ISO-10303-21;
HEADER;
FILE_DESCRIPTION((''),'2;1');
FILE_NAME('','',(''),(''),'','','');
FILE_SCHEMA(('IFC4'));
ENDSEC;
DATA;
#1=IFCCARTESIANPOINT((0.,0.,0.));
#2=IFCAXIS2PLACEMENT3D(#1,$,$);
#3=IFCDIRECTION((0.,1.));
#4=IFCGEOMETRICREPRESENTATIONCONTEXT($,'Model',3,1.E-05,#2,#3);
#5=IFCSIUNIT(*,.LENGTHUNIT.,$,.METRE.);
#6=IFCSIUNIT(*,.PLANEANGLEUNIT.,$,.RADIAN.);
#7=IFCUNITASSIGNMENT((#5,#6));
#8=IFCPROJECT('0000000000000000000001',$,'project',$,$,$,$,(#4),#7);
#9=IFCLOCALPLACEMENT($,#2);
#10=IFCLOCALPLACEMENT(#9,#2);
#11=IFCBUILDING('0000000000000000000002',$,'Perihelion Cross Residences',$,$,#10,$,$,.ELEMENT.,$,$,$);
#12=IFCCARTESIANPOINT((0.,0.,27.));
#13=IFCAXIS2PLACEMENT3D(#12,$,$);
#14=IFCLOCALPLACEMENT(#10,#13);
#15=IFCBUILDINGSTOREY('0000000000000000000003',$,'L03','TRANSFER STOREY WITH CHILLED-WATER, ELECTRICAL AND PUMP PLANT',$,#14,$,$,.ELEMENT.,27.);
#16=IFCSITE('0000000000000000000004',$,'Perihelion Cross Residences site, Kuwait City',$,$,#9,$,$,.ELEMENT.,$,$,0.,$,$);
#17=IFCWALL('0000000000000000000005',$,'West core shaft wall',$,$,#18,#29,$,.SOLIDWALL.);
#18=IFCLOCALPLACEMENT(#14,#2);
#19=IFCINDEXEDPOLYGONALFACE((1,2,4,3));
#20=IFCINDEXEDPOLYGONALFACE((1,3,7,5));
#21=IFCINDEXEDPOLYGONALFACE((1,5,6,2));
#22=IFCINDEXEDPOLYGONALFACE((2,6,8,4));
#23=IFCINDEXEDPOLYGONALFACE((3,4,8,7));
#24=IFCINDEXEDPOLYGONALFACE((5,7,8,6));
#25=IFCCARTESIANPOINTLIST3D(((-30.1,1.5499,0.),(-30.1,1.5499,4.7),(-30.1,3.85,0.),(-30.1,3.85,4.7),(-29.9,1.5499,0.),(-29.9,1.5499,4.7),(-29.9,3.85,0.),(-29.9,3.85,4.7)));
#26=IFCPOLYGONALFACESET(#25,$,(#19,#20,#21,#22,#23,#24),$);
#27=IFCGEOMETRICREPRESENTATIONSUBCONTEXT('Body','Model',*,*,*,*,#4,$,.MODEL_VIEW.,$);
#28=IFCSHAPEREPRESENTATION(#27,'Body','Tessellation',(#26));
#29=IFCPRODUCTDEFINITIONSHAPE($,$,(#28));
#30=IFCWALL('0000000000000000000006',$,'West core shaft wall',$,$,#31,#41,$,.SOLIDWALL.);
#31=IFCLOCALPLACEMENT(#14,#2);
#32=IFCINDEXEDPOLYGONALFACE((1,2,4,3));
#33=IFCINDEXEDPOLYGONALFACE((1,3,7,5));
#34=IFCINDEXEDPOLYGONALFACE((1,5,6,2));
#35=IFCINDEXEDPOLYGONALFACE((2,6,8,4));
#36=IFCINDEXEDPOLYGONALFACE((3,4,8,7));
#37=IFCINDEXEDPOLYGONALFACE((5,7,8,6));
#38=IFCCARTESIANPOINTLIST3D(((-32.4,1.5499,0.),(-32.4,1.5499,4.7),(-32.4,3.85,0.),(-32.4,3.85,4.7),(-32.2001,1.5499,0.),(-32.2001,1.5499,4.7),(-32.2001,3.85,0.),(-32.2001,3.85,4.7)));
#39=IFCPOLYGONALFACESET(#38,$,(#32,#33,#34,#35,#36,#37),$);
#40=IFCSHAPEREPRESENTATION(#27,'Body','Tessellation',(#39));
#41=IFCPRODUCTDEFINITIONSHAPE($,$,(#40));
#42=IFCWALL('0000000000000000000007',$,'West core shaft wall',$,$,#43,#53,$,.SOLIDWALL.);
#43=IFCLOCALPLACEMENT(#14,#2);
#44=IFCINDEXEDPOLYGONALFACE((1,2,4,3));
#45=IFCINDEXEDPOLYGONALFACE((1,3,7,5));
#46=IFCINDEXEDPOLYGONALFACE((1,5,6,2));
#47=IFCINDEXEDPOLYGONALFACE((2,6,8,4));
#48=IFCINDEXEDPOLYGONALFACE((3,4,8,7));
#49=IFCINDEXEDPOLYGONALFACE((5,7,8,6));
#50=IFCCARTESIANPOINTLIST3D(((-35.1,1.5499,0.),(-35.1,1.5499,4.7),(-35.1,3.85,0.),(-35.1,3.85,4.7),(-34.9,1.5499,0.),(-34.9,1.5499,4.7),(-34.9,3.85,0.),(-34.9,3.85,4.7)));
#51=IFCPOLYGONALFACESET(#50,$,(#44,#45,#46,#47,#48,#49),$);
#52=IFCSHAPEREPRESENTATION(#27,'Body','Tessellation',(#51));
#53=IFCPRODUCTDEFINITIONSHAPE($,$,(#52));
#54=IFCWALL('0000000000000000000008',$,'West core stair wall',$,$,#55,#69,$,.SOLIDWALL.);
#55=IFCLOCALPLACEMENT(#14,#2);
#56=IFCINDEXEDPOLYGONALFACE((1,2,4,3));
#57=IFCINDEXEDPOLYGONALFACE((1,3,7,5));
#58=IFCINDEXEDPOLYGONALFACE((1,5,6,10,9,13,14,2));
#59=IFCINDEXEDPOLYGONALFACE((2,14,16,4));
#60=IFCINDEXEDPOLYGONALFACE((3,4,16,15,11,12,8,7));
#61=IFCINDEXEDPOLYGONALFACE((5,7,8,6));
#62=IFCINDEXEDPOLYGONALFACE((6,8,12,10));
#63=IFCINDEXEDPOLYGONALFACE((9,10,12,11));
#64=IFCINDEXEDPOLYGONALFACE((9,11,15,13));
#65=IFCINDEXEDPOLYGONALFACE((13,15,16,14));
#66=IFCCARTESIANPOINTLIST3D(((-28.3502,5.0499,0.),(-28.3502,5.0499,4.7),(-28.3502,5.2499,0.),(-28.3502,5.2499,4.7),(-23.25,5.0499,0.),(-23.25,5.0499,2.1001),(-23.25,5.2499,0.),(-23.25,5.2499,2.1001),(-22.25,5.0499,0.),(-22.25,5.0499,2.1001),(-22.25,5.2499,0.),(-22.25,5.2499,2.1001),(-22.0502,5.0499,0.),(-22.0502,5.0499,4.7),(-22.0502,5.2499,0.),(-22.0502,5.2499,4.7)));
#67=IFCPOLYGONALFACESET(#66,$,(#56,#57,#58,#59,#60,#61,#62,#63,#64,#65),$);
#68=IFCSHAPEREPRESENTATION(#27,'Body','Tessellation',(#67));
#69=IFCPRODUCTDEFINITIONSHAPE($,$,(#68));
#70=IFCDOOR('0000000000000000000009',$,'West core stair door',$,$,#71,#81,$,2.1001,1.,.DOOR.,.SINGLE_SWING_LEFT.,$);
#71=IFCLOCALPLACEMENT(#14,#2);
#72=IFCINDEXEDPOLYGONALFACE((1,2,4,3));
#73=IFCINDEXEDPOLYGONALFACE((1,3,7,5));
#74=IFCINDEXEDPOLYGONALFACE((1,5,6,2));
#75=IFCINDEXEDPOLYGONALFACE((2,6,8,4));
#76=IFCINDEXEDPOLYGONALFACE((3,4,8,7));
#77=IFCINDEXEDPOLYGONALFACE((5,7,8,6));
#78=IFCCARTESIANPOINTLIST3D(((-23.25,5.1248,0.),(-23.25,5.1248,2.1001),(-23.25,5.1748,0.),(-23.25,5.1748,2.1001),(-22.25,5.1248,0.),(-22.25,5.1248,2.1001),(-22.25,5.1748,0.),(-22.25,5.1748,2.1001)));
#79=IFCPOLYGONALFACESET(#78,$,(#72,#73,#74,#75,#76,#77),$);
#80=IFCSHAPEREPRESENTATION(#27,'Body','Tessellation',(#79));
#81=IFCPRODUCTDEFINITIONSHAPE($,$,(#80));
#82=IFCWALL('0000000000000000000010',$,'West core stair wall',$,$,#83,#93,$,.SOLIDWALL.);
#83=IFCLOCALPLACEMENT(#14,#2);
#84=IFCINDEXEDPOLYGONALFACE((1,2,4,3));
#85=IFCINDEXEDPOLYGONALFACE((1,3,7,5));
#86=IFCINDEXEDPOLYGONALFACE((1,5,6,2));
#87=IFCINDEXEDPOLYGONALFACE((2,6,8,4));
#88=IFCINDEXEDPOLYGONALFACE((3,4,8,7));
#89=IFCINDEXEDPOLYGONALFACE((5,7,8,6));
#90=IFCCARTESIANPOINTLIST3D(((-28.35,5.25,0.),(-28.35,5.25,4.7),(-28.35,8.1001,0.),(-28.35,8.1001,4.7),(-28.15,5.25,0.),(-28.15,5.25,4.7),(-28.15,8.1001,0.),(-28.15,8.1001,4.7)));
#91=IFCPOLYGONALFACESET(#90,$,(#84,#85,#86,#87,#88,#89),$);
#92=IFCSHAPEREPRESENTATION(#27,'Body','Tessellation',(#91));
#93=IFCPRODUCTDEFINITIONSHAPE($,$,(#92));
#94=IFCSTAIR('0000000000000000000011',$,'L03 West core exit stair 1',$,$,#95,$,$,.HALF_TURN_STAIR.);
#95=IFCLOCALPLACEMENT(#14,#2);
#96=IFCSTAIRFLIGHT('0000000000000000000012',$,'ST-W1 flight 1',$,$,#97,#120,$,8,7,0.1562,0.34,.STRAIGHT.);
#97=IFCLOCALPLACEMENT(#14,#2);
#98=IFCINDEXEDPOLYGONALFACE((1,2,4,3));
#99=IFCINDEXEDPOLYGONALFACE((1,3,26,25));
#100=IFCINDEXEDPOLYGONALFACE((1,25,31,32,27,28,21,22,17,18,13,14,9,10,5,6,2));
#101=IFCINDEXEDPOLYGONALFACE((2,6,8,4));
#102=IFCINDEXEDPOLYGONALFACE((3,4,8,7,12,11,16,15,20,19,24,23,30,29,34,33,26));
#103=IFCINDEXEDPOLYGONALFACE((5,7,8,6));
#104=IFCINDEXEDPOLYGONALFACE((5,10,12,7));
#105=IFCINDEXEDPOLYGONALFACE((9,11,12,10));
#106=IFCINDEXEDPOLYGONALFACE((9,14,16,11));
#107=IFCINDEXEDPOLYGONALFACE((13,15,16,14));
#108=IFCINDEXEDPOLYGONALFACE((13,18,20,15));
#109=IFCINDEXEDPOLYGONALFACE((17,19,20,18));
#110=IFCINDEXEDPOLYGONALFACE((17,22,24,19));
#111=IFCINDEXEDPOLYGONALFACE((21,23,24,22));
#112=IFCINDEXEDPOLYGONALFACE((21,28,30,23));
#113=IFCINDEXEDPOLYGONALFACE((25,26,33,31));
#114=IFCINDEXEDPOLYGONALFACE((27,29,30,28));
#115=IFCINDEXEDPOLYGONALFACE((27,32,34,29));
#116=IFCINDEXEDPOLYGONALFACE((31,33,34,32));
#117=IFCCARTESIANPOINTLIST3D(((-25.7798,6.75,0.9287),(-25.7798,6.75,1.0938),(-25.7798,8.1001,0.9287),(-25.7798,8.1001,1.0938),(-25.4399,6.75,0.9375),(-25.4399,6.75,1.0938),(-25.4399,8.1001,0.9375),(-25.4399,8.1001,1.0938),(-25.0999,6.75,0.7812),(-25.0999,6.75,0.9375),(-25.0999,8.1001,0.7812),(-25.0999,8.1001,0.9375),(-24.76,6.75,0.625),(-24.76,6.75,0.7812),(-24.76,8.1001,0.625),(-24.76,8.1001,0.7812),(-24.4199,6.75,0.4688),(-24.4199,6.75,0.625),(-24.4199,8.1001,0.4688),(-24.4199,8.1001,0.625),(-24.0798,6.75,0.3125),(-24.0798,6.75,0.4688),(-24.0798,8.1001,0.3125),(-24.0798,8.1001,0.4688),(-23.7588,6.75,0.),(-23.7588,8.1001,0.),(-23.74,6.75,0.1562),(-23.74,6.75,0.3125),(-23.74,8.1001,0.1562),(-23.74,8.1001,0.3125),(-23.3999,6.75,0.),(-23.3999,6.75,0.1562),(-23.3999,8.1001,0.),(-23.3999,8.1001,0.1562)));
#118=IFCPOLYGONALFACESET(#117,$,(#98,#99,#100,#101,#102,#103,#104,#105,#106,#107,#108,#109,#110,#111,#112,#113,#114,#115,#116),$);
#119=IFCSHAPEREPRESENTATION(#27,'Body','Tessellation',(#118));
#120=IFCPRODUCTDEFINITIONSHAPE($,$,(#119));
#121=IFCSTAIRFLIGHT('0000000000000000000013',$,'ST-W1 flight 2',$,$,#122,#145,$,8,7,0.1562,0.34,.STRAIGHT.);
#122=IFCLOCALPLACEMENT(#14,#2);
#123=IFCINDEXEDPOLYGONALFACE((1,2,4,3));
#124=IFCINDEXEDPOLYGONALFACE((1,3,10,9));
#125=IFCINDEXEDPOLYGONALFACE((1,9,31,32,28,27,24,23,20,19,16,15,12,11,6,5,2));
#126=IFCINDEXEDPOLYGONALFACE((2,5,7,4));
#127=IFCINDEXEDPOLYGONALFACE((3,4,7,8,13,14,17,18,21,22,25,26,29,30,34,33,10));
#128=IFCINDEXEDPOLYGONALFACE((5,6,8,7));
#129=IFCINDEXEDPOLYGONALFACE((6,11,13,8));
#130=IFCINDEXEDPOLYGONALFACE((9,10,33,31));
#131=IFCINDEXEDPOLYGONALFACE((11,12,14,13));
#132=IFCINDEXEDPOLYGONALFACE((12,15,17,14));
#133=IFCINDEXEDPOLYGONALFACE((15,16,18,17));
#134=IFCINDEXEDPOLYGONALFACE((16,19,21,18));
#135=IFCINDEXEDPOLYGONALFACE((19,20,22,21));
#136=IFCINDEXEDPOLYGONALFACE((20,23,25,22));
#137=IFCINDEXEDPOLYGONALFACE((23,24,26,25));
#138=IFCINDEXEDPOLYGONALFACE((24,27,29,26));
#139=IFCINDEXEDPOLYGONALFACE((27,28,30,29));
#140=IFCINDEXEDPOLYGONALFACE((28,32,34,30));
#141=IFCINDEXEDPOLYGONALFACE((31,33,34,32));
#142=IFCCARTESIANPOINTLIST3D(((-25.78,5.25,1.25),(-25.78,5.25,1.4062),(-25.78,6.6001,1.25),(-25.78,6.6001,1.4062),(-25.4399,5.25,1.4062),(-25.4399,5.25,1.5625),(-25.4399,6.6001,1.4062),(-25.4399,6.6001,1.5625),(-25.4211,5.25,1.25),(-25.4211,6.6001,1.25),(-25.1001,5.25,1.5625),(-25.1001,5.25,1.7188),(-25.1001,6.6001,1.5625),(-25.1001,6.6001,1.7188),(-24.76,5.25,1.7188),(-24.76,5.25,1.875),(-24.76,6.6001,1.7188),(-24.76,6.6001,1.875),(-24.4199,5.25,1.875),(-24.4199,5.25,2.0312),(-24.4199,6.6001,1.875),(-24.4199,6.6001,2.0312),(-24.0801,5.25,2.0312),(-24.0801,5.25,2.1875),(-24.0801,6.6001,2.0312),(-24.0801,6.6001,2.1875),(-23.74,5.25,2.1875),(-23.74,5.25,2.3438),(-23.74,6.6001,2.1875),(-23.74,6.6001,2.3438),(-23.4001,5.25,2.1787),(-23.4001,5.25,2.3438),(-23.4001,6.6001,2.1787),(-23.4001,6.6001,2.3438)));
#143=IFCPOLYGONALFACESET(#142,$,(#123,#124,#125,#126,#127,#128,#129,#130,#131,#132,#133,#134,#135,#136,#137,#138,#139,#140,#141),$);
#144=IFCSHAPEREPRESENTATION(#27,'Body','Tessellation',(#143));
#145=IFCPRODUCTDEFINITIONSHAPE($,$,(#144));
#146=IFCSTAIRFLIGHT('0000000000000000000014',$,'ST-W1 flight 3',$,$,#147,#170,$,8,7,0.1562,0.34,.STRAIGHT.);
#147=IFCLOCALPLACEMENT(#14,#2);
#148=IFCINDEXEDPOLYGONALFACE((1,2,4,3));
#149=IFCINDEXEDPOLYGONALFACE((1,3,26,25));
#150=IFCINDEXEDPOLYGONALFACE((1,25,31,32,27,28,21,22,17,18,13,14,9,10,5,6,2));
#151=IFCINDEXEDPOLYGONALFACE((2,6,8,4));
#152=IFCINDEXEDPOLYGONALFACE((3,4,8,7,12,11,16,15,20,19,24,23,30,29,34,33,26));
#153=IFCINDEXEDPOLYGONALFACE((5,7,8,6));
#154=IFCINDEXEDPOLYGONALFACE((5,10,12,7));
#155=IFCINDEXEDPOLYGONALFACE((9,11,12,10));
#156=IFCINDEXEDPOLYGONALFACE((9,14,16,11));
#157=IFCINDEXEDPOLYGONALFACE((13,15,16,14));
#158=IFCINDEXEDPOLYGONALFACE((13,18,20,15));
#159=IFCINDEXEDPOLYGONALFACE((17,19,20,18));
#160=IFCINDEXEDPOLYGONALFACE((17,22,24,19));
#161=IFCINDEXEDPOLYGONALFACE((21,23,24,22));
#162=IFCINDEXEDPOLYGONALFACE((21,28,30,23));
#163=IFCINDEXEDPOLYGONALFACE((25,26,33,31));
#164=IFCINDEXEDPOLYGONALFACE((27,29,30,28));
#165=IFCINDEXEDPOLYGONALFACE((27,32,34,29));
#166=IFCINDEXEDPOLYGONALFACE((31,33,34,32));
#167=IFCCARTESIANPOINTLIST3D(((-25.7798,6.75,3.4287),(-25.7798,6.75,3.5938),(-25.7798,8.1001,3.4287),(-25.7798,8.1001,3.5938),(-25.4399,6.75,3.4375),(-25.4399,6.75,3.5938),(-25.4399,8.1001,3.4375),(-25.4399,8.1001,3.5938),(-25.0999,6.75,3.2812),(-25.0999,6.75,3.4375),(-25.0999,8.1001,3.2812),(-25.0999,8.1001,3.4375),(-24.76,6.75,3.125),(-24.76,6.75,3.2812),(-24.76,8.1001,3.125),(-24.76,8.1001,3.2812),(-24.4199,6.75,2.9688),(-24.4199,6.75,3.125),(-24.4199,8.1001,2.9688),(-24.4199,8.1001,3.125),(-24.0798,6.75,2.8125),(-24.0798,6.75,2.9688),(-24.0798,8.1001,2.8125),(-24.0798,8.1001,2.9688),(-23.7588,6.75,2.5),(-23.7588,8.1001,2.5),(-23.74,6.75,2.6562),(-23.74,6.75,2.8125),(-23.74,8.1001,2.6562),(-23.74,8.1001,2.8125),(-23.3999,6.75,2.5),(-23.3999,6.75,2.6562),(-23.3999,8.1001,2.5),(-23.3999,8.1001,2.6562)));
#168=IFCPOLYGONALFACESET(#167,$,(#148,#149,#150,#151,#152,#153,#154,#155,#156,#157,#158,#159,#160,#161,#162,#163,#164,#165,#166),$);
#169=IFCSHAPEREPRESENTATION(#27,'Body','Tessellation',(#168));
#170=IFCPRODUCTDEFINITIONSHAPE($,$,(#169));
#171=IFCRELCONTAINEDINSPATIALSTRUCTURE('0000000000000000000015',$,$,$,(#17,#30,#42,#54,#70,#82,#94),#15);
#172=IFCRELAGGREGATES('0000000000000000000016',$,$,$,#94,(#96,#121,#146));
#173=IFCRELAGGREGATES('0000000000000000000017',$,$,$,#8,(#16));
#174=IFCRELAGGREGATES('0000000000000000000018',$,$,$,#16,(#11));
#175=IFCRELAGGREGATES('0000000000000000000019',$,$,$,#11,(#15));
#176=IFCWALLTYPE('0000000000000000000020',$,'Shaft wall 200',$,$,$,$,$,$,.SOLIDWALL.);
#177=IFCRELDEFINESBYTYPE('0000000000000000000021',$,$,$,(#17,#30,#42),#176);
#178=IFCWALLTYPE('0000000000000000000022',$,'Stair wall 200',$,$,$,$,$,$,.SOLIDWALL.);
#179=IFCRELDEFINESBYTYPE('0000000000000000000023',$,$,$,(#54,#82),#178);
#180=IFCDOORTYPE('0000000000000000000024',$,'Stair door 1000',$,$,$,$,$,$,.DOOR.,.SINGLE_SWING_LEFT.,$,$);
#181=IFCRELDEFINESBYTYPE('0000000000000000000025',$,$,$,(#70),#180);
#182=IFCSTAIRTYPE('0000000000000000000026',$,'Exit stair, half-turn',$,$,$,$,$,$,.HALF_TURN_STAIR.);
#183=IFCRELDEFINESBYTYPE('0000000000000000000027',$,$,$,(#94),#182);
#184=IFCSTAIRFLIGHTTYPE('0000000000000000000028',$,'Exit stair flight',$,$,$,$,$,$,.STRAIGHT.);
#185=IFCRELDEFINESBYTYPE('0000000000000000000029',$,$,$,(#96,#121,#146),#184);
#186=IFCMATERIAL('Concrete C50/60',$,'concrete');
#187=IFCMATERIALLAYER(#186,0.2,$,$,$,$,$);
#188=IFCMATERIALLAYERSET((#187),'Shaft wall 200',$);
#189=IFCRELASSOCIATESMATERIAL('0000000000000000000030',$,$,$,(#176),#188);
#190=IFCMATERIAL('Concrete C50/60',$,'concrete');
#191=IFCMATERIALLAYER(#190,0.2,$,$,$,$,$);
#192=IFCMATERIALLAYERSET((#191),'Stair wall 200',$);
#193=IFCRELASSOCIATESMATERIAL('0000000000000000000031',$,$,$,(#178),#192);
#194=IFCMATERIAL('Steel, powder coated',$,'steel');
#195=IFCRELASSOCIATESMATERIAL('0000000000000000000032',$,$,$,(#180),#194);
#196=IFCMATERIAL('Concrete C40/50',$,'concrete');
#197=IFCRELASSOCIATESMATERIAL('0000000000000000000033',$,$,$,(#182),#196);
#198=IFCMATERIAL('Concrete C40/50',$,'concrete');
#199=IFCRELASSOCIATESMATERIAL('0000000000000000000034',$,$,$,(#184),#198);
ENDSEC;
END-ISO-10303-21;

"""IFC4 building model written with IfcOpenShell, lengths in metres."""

from ifc_helpers import new_model, si_unit, direction, frame, frame_2d, origin, place, context, subcontext, project, spatial, polyline, rectangle, outline, extrude, material, layer, layer_set, type_object, element, fill, aggregate, save


model = new_model("IFC4")

# Units and contexts
model_context = context("Model", 3, precision=1e-05, world=origin(), true_north=direction((0.0, 1.0)))
body_context = subcontext(model_context, "Body", "Model", "MODEL_VIEW")
ifc_project = project(units=[si_unit("LENGTHUNIT", "METRE"), si_unit("PLANEANGLEUNIT", "RADIAN")], contexts=[model_context])

# Site, building, storey
site_placement = place(None, origin())
site = spatial("IfcSite", under=ifc_project, at=site_placement, Name="Perihelion Cross Residences site, Kuwait City", CompositionType="ELEMENT", RefElevation=0.0)
building_placement = place(site_placement, origin())
building = spatial("IfcBuilding", under=site, at=building_placement, Name="Perihelion Cross Residences", CompositionType="ELEMENT")
storey_placement = place(building_placement, frame((0.0, 0.0, 27.0)))
storey = spatial("IfcBuildingStorey", under=building, at=storey_placement, Name="L03", Description="TRANSFER STOREY WITH CHILLED-WATER, ELECTRICAL AND PUMP PLANT", CompositionType="ELEMENT", Elevation=27.0)

# Shared definitions
ifc_material_1 = material(Name="Concrete C50/60", Category="concrete")
ifc_layer_1 = layer(ifc_material_1, 0.2)
ifc_layer_set_1 = layer_set([ifc_layer_1], Name="Shaft wall 200")
wall_type_1 = type_object("IfcWallType", Name="Shaft wall 200", PredefinedType="SOLIDWALL", material=ifc_layer_set_1)

# Walls
for number, where, z_axis, x_axis, name in (
    (1, (-30.0, 1.55, 0.0), (0.0, 0.0, 1.0), (0.0, 1.0, 0.0), "West core shaft wall"),
    (2, (-32.3, 1.55, 0.0), (0.0, 0.0, 1.0), (0.0, 1.0, 0.0), "West core shaft wall"),
    (3, (-35.0, 1.55, 0.0), (0.0, 0.0, 1.0), (0.0, 1.0, 0.0), "West core shaft wall"),
):
    element("IfcWall", number, at=place(storey_placement, frame(where, z_axis=z_axis, x_axis=x_axis)), inside=storey, type_object=wall_type_1, Name=name, PredefinedType="SOLIDWALL", context=body_context, shape_type="SweptSolid", body=[
        extrude(rectangle(XDim=2.3, YDim=0.2, at=frame_2d((1.1499, 0.0))), origin(), (0.0, 0.0, 1.0), 4.7),
    ])

# Wall, opening, door
ifc_material_2 = material(Name="Concrete C50/60", Category="concrete")
ifc_layer_2 = layer(ifc_material_2, 0.2)
ifc_layer_set_2 = layer_set([ifc_layer_2], Name="Stair wall 200")
wall_type_2 = type_object("IfcWallType", Name="Stair wall 200", PredefinedType="SOLIDWALL", material=ifc_layer_set_2)
wall_1_placement = place(storey_placement, frame((-28.3501, 5.1499, 0.0), z_axis=(0.0, 0.0, 1.0), x_axis=(1.0, 0.0, 0.0)))
wall_1 = element("IfcWall", 4, at=wall_1_placement, inside=storey, type_object=wall_type_2, Name="West core stair wall", PredefinedType="SOLIDWALL", context=body_context, shape_type="SweptSolid", body=[
    extrude(rectangle(XDim=6.3, YDim=0.2, at=frame_2d((3.1499, 0.0))), origin(), (0.0, 0.0, 1.0), 4.7),
])
opening_1_placement = place(wall_1_placement, frame((5.1001, 0.0, 0.0)))
opening_1 = element("IfcOpeningElement", 5, at=opening_1_placement, cuts=wall_1, PredefinedType="OPENING", context=body_context, shape_type="SweptSolid", body=[
    extrude(rectangle(XDim=1.0, YDim=2.1001, at=frame_2d((0.5, 1.05))), frame((0.0, 0.1099, 0.0), z_axis=(0.0, -1.0, 0.0), x_axis=(1.0, 0.0, 0.0)), (0.0, 0.0, 1.0), 0.22),
])
ifc_material_3 = material(Name="Steel, powder coated", Category="steel")
door_type_1 = type_object("IfcDoorType", Name="Stair door 1000", OperationType="SINGLE_SWING_LEFT", PredefinedType="DOOR", material=ifc_material_3)
door_1_placement = place(opening_1_placement, origin())
door_1 = element("IfcDoor", 6, at=door_1_placement, inside=storey, type_object=door_type_1, Name="West core stair door", OperationType="SINGLE_SWING_LEFT", OverallHeight=2.1001, OverallWidth=1.0, PredefinedType="DOOR", context=body_context, shape_type="SweptSolid", body=[
    extrude(rectangle(XDim=1.0, YDim=2.1001, at=frame_2d((0.5, 1.05))), frame((0.0, 0.0249, 0.0), z_axis=(0.0, -1.0, 0.0), x_axis=(1.0, 0.0, 0.0)), (0.0, 0.0, 1.0), 0.05),
])
fill(opening_1, door_1)

# Wall
wall_2_placement = place(storey_placement, frame((-28.25, 5.25, 0.0), z_axis=(0.0, 0.0, 1.0), x_axis=(0.0, 1.0, 0.0)))
element("IfcWall", 7, at=wall_2_placement, inside=storey, type_object=wall_type_2, Name="West core stair wall", PredefinedType="SOLIDWALL", context=body_context, shape_type="SweptSolid", body=[
    extrude(rectangle(XDim=2.8501, YDim=0.2, at=frame_2d((1.425, 0.0))), origin(), (0.0, 0.0, 1.0), 4.7),
])

# Stair, stair flights
ifc_material_4 = material(Name="Concrete C40/50", Category="concrete")
stair_type = type_object("IfcStairType", Name="Exit stair, half-turn", PredefinedType="HALF_TURN_STAIR", material=ifc_material_4)
stair_placement = place(storey_placement, origin())
stair = element("IfcStair", 8, at=stair_placement, inside=storey, type_object=stair_type, Name="L03 West core exit stair 1", PredefinedType="HALF_TURN_STAIR")
ifc_material_5 = material(Name="Concrete C40/50", Category="concrete")
stair_flight_type = type_object("IfcStairFlightType", Name="Exit stair flight", PredefinedType="STRAIGHT", material=ifc_material_5)
stair_flight_1_placement = place(storey_placement, frame((-23.3999, 7.425, 0.0), z_axis=(0.0, 0.0, 1.0), x_axis=(-1.0, 0.0, 0.0)))
stair_flight_1 = element("IfcStairFlight", 9, at=stair_flight_1_placement, type_object=stair_flight_type, Name="ST-W1 flight 1", NumberOfRisers=8, NumberOfTreads=7, PredefinedType="STRAIGHT", RiserHeight=0.1562, TreadLength=0.34, context=body_context, shape_type="SweptSolid", body=[
    extrude(outline(polyline([(0.0, 0.0), (0.0, 0.1562), (0.3401, 0.1562), (0.3401, 0.3125), (0.6799, 0.3125), (0.6799, 0.4688), (1.02, 0.4688), (1.02, 0.625), (1.3601, 0.625), (1.3601, 0.7812), (1.7, 0.7812), (1.7, 0.9375), (2.04, 0.9375), (2.04, 1.0938), (2.3799, 1.0938), (2.3799, 1.25), (2.3799, 0.9287), (0.3589, 0.0), (0.0, 0.0)])), frame((0.0, 0.675, 0.0), z_axis=(0.0, -1.0, 0.0), x_axis=(1.0, 0.0, 0.0)), (0.0, 0.0, 1.0), 1.3501),
])
stair_flight_2_placement = place(storey_placement, frame((-25.78, 5.925, 1.25), z_axis=(0.0, 0.0, 1.0), x_axis=(1.0, 0.0, 0.0)))
stair_flight_2 = element("IfcStairFlight", 10, at=stair_flight_2_placement, type_object=stair_flight_type, Name="ST-W1 flight 2", NumberOfRisers=8, NumberOfTreads=7, PredefinedType="STRAIGHT", RiserHeight=0.1562, TreadLength=0.34, context=body_context, shape_type="SweptSolid", body=[
    extrude(outline(polyline([(0.0, 0.0), (0.0, 0.1562), (0.3401, 0.1562), (0.3401, 0.3125), (0.6799, 0.3125), (0.6799, 0.4688), (1.02, 0.4688), (1.02, 0.625), (1.3601, 0.625), (1.3601, 0.7812), (1.7, 0.7812), (1.7, 0.9375), (2.04, 0.9375), (2.04, 1.0938), (2.3799, 1.0938), (2.3799, 1.25), (2.3799, 0.9287), (0.3589, 0.0), (0.0, 0.0)])), frame((0.0, 0.675, 0.0), z_axis=(0.0, -1.0, 0.0), x_axis=(1.0, 0.0, 0.0)), (0.0, 0.0, 1.0), 1.3501),
])
stair_flight_3_placement = place(storey_placement, frame((-23.3999, 7.425, 2.5), z_axis=(0.0, 0.0, 1.0), x_axis=(-1.0, 0.0, 0.0)))
stair_flight_3 = element("IfcStairFlight", 11, at=stair_flight_3_placement, type_object=stair_flight_type, Name="ST-W1 flight 3", NumberOfRisers=8, NumberOfTreads=7, PredefinedType="STRAIGHT", RiserHeight=0.1562, TreadLength=0.34, context=body_context, shape_type="SweptSolid", body=[
    extrude(outline(polyline([(0.0, 0.0), (0.0, 0.1562), (0.3401, 0.1562), (0.3401, 0.3125), (0.6799, 0.3125), (0.6799, 0.4688), (1.02, 0.4688), (1.02, 0.625), (1.3601, 0.625), (1.3601, 0.7812), (1.7, 0.7812), (1.7, 0.9375), (2.04, 0.9375), (2.04, 1.0938), (2.3799, 1.0938), (2.3799, 1.25), (2.3799, 0.9287), (0.3589, 0.0), (0.0, 0.0)])), frame((0.0, 0.675, 0.0), z_axis=(0.0, -1.0, 0.0), x_axis=(1.0, 0.0, 0.0)), (0.0, 0.0, 1.0), 1.3501),
])
aggregate(stair, [stair_flight_1, stair_flight_2, stair_flight_3])

save(model, "model.ifc")
